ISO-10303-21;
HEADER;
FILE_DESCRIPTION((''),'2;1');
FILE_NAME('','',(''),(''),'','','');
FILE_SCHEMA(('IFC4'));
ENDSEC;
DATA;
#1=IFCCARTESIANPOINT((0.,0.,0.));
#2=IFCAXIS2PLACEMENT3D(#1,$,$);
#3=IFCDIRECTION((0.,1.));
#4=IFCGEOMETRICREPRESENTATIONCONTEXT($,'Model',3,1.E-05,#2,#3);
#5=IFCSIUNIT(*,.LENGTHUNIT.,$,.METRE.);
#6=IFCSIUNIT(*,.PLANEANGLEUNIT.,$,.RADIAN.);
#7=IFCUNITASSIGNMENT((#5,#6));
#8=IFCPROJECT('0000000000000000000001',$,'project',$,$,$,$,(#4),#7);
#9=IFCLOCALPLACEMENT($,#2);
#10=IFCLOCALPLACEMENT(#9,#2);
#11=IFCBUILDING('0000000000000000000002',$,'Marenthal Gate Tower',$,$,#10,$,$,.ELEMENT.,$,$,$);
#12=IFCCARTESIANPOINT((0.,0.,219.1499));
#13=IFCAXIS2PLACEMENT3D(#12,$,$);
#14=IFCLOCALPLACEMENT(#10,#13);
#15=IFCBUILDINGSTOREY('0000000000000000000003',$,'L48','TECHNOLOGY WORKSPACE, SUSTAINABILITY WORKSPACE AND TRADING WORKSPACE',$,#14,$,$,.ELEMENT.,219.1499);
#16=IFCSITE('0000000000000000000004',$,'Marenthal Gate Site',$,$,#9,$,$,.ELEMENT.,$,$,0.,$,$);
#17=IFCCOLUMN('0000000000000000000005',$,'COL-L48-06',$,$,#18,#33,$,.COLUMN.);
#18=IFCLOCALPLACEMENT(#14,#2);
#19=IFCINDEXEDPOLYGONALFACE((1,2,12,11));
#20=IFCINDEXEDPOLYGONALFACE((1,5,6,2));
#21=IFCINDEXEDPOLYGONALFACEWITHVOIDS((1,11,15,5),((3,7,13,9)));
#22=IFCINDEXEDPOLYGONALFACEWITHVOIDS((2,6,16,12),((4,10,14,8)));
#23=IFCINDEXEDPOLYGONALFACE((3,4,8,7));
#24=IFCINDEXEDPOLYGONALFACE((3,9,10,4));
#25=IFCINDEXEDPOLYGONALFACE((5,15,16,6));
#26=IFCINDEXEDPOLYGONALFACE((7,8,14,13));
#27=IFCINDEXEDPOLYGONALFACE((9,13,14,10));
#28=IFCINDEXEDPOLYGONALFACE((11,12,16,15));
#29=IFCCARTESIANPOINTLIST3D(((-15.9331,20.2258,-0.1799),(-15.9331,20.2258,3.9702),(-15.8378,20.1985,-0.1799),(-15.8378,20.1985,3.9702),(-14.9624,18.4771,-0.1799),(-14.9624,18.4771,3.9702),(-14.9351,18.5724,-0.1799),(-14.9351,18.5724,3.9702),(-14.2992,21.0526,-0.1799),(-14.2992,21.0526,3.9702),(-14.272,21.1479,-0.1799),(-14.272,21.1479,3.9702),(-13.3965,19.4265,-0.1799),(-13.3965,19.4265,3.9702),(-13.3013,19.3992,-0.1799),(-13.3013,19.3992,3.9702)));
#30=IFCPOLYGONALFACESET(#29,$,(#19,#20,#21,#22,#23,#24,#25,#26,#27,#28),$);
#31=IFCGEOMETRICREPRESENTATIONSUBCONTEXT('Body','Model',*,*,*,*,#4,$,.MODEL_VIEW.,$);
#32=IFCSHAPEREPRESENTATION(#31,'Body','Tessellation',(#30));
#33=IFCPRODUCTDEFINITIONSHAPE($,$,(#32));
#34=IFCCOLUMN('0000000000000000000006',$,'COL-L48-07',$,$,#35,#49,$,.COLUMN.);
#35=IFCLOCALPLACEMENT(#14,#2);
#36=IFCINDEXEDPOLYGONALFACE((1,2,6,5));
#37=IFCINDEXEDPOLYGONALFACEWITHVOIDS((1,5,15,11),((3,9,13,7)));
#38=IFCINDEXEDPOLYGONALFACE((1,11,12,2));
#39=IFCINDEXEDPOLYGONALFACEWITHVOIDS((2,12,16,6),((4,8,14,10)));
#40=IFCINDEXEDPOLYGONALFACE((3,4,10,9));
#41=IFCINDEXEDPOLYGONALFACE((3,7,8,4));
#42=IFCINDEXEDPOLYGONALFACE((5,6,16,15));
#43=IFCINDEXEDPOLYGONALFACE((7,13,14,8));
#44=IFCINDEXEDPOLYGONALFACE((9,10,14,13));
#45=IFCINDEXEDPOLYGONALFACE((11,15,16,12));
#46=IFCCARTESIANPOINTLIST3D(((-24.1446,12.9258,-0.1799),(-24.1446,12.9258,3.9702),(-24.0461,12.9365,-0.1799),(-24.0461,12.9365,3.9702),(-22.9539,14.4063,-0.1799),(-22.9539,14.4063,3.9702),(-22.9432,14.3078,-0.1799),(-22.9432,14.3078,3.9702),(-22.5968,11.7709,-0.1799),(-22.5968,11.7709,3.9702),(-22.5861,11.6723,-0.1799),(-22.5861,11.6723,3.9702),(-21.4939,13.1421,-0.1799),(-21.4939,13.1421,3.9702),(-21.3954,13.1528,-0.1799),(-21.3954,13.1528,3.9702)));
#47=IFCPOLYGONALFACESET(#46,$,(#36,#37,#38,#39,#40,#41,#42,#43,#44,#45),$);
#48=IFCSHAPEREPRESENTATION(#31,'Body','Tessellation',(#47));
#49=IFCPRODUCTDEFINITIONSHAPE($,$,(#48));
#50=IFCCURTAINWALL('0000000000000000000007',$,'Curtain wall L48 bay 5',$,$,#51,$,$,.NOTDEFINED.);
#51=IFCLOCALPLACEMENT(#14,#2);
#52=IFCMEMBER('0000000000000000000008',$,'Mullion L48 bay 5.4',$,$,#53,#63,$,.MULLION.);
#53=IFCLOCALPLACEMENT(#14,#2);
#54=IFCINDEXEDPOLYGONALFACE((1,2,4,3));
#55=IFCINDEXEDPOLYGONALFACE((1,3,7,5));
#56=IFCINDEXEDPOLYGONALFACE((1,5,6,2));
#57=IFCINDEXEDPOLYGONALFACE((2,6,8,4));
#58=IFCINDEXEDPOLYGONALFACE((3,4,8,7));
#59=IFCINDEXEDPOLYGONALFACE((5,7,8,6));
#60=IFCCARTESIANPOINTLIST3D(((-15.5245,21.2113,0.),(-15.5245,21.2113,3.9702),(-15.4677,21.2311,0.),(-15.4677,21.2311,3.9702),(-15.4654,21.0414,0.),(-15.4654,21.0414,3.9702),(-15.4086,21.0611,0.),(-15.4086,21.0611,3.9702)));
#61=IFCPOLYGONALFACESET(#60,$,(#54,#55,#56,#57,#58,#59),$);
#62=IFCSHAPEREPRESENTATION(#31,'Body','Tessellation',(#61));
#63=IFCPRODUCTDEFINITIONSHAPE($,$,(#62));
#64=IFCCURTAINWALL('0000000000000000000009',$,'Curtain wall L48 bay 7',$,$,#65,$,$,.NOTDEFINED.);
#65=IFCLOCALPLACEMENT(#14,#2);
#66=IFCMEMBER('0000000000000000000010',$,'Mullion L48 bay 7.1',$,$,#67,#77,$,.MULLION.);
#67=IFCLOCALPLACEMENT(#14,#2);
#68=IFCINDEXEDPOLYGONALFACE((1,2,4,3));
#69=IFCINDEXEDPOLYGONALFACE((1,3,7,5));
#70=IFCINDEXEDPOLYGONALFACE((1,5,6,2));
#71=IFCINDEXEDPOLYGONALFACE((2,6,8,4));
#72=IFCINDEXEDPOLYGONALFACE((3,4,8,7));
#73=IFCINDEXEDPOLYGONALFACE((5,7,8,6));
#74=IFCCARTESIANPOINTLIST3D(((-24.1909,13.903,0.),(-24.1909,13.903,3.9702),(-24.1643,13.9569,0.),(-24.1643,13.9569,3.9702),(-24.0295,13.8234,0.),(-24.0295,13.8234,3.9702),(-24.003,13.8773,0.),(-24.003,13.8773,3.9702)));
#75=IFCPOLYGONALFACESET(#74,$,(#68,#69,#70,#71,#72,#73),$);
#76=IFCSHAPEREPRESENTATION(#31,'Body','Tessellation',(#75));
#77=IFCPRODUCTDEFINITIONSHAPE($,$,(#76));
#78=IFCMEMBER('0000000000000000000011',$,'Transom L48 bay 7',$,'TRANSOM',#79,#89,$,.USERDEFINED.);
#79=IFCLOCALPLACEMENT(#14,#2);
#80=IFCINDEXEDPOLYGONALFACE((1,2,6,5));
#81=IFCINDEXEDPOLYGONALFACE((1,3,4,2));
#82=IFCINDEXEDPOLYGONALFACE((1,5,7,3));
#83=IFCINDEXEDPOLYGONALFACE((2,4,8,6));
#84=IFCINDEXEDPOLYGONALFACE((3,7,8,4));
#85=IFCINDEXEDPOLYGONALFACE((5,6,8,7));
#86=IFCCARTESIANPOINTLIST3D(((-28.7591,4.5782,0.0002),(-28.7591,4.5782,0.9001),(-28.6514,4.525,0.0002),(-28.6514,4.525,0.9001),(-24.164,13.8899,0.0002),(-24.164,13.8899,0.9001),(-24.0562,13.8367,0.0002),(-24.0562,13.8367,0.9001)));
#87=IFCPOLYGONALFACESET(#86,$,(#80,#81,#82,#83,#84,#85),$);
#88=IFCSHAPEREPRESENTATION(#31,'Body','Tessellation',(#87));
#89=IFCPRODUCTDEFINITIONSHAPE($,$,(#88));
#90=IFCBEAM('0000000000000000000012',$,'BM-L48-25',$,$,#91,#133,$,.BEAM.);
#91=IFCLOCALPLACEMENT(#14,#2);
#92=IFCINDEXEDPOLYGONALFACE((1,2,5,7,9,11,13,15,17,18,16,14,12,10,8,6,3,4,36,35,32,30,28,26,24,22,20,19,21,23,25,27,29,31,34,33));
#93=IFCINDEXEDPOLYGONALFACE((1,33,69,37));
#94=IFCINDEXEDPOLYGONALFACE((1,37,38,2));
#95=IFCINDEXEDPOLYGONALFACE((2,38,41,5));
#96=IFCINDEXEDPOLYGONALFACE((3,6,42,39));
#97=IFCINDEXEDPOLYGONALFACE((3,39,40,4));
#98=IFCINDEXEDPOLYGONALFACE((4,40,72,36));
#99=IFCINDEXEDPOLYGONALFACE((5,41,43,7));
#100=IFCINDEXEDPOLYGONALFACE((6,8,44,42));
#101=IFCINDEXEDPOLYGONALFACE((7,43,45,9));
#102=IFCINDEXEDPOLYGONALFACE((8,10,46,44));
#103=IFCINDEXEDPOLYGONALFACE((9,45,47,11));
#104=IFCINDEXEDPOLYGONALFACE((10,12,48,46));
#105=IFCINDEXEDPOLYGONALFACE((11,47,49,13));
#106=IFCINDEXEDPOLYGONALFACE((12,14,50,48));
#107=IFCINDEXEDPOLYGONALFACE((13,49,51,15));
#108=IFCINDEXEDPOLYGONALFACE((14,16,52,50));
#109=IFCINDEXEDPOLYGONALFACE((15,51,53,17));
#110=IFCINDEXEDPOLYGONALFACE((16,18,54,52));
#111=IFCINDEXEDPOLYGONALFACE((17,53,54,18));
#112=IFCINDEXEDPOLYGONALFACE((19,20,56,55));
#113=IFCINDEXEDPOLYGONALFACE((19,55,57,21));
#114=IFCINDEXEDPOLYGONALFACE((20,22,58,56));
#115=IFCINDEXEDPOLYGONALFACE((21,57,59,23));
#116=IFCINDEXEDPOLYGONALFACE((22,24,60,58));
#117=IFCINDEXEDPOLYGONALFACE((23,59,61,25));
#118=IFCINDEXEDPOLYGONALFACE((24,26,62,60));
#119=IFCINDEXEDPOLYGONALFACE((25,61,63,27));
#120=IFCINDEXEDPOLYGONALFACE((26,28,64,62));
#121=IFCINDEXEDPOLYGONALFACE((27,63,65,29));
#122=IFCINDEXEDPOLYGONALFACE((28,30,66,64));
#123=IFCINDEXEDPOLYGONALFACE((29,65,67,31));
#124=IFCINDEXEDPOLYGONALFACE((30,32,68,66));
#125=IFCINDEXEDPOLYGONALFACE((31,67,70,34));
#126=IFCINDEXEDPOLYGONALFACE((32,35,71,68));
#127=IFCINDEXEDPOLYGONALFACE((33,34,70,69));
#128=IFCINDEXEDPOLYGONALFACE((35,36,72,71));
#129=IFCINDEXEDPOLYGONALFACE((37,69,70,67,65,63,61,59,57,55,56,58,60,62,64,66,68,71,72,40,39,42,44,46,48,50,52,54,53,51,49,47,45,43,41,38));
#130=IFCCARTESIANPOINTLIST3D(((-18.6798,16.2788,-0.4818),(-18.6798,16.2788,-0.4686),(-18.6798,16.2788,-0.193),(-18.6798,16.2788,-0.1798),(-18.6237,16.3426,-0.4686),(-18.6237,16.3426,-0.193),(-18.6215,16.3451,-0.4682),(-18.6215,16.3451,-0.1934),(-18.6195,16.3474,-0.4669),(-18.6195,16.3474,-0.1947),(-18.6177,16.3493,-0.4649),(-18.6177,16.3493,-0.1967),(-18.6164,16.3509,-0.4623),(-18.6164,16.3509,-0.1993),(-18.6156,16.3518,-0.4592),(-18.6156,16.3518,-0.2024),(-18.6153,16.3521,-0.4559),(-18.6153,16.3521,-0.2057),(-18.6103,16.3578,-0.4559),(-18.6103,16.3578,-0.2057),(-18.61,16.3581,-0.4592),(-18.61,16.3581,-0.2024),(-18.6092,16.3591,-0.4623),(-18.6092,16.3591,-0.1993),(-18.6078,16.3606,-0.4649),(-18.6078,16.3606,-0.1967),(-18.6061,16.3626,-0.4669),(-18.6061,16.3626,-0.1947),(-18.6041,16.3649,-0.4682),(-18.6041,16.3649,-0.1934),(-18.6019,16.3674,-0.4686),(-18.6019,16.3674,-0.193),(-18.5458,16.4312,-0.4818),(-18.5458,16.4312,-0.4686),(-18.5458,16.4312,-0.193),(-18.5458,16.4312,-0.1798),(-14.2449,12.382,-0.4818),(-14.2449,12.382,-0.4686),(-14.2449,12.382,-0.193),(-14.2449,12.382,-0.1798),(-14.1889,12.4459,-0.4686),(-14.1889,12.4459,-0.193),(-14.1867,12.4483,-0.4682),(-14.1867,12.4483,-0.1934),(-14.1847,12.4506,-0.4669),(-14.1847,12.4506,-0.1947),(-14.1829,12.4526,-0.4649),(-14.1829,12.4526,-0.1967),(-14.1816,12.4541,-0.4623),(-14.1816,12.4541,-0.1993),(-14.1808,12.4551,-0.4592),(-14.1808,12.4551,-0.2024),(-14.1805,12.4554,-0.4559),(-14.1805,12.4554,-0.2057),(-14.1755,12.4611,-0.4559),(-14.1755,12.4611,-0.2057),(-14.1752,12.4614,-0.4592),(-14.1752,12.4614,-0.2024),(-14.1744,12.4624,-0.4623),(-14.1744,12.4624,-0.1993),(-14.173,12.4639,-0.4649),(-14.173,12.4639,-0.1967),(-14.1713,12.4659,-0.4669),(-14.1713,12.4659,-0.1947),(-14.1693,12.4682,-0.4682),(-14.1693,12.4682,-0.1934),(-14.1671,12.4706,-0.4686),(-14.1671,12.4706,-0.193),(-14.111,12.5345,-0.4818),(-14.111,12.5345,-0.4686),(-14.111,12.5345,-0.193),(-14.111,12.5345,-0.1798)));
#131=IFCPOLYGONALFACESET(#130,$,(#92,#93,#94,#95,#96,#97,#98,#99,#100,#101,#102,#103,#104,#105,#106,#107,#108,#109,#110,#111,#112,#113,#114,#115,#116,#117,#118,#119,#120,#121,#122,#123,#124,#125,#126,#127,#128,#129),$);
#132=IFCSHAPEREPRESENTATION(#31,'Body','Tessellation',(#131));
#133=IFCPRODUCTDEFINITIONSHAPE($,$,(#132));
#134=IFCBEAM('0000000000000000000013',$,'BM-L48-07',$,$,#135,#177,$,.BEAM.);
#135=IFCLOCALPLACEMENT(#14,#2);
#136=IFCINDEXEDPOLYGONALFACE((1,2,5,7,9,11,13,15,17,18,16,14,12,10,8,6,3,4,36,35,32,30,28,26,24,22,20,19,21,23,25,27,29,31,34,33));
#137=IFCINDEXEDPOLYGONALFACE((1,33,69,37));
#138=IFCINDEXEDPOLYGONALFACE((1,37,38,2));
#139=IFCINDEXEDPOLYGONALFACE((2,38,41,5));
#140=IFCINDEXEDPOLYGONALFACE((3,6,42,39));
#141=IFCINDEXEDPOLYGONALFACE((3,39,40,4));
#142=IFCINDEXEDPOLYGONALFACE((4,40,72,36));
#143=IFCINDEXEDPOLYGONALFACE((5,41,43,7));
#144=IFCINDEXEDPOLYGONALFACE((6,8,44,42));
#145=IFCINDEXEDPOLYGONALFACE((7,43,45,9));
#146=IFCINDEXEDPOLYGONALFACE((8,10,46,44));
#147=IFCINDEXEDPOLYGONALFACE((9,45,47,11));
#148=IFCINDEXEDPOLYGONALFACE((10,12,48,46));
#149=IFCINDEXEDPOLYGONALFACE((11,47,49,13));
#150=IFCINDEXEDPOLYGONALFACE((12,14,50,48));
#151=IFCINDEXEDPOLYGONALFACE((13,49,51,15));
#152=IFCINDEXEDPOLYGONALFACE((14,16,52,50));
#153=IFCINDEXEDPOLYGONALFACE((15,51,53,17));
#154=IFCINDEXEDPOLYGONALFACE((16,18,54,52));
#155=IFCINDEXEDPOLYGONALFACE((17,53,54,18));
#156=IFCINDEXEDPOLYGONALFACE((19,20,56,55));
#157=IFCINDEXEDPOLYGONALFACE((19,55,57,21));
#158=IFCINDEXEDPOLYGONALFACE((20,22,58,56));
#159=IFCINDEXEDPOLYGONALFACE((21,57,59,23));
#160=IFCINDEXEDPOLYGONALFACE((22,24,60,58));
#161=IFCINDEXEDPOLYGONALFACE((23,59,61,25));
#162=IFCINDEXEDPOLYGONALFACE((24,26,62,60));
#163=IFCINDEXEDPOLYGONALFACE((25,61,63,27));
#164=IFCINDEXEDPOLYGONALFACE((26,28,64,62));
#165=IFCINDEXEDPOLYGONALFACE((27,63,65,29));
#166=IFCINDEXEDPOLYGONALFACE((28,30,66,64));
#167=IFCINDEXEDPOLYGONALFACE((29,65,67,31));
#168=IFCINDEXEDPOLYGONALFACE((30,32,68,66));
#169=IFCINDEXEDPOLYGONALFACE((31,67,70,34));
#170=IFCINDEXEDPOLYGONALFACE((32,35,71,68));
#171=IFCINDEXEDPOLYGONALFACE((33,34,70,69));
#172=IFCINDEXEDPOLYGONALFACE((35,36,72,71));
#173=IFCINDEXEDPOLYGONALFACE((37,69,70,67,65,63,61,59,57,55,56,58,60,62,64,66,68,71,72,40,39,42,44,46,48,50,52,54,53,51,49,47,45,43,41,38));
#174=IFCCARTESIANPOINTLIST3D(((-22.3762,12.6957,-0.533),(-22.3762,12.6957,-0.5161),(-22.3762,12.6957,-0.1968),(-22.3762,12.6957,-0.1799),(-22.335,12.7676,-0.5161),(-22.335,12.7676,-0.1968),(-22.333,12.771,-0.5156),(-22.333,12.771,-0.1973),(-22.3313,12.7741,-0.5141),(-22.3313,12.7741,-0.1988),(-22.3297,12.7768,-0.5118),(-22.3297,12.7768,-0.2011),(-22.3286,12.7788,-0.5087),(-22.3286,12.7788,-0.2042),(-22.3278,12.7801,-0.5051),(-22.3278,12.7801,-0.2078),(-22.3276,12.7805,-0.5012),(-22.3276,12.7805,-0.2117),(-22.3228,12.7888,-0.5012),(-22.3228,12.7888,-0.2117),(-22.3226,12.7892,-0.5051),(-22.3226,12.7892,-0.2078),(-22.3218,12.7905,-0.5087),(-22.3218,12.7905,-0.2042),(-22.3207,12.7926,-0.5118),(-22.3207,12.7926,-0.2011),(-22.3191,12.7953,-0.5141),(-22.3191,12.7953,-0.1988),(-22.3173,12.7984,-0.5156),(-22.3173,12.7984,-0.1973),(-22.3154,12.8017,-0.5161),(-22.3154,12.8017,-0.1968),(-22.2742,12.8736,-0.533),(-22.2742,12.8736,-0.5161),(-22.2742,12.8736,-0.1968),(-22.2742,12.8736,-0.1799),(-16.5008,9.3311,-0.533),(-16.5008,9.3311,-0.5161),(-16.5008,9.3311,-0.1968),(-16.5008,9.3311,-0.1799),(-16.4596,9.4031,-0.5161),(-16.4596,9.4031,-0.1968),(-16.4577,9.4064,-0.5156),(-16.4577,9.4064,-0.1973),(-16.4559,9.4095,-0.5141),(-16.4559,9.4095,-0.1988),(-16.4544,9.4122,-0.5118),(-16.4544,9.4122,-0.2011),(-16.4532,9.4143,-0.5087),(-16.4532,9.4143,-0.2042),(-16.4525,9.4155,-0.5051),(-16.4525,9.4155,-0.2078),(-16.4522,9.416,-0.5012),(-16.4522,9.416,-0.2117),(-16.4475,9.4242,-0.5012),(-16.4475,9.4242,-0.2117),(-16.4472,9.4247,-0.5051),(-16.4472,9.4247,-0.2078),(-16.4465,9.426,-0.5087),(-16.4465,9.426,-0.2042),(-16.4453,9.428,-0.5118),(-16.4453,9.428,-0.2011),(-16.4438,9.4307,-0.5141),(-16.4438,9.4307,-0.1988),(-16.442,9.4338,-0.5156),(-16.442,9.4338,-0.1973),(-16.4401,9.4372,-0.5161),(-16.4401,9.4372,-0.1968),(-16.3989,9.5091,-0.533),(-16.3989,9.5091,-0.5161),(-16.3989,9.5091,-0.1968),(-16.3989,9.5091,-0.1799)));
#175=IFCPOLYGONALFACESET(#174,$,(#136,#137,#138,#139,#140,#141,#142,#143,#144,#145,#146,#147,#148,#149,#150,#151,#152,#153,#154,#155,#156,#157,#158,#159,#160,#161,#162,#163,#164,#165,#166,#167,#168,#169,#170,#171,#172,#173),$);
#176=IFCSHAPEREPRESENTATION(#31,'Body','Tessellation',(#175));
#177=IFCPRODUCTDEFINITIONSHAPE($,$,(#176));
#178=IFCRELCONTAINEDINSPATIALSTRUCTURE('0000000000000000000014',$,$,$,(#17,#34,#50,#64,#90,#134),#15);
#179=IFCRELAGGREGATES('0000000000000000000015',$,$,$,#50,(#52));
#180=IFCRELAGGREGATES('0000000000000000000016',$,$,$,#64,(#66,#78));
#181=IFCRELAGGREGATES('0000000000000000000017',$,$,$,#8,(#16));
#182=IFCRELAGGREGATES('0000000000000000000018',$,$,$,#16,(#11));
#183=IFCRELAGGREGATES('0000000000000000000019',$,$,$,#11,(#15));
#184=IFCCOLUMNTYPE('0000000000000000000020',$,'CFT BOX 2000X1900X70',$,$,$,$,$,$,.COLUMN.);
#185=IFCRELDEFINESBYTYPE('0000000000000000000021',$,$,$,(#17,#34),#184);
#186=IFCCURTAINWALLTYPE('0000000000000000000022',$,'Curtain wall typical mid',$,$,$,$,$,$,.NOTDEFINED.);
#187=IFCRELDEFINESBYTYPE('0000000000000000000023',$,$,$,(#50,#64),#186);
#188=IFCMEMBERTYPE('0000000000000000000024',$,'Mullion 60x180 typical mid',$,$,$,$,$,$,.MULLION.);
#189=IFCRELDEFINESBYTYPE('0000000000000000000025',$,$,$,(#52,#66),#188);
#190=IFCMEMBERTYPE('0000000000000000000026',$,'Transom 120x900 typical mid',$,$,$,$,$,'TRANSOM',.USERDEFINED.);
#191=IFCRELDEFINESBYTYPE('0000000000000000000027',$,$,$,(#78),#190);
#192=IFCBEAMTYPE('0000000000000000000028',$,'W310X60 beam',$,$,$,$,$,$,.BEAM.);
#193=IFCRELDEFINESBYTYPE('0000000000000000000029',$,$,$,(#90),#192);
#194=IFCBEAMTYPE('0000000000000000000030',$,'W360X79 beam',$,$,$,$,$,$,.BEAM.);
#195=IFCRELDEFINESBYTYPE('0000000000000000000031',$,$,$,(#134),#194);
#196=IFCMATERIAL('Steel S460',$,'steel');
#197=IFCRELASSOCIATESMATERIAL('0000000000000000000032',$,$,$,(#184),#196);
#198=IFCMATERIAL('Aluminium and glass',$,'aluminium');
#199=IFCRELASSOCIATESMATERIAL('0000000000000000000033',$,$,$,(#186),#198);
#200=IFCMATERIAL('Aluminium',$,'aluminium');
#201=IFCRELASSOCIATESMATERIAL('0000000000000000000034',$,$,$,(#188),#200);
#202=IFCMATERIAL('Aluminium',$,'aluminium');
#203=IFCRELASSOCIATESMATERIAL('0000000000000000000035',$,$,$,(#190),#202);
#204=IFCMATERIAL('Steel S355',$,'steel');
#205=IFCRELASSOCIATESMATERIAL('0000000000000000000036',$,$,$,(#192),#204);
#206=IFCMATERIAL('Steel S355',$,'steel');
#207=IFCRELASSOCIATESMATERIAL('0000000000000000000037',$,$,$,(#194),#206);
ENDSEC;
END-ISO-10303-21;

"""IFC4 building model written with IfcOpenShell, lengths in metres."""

from ifc_helpers import new_model, si_unit, direction, frame, origin, origin_2d, place, context, subcontext, project, spatial, rectangle, hollow_rectangle, i_section, extrude, material, material_profile, profile_set, type_object, element, aggregate, save


model = new_model("IFC4")

# Units and contexts
model_context = context("Model", 3, precision=1e-05, world=origin(), true_north=direction((0.0, 1.0)))
body_context = subcontext(model_context, "Body", "Model", "MODEL_VIEW")
ifc_project = project(units=[si_unit("LENGTHUNIT", "METRE"), si_unit("PLANEANGLEUNIT", "RADIAN")], contexts=[model_context])

# Site, building, storey
site_placement = place(None, origin())
site = spatial("IfcSite", under=ifc_project, at=site_placement, Name="Marenthal Gate Site", CompositionType="ELEMENT", RefElevation=0.0)
building_placement = place(site_placement, origin())
building = spatial("IfcBuilding", under=site, at=building_placement, Name="Marenthal Gate Tower", CompositionType="ELEMENT")
storey_placement = place(building_placement, frame((0.0, 0.0, 219.1499)))
storey = spatial("IfcBuildingStorey", under=building, at=storey_placement, Name="L48", Description="TECHNOLOGY WORKSPACE, SUSTAINABILITY WORKSPACE AND TRADING WORKSPACE", CompositionType="ELEMENT", Elevation=219.1499)

# Columns
ifc_material_1 = material(Name="Steel S460", Category="steel")
ifc_material_profile_1 = material_profile(ifc_material_1, hollow_rectangle(XDim=1.8999, YDim=2.0, WallThickness=0.0701, at=origin_2d()), Name="CFT BOX 2000X1900X70")
ifc_material_2 = material(Name="Concrete 70 MPa", Category="concrete")
ifc_material_profile_2 = material_profile(ifc_material_2, rectangle(XDim=1.76, YDim=1.8601, at=origin_2d()), Name="CFT BOX 2000X1900X70 INFILL")
ifc_profile_set_1 = profile_set([ifc_material_profile_1, ifc_material_profile_2], Name="Steel S460 shell, Concrete 70 MPa infill")
column_type = type_object("IfcColumnType", Name="CFT BOX 2000X1900X70", PredefinedType="COLUMN", material=ifc_profile_set_1)
for number, where, z_axis, x_axis, name in (
    (1, (-14.6172, 19.8125, -0.1799), (0.0, 0.0, 1.0), (0.874319, 0.485351, 0.0), "COL-L48-06"),
    (2, (-22.77, 13.0393, -0.1799), (0.0, 0.0, 1.0), (0.626719, 0.779245, 0.0), "COL-L48-07"),
):
    element("IfcColumn", number, at=place(storey_placement, frame(where, z_axis=z_axis, x_axis=x_axis)), inside=storey, type_object=column_type, Name=name, PredefinedType="COLUMN", context=body_context, shape_type="SweptSolid", body=[
        extrude(hollow_rectangle(XDim=1.8999, YDim=2.0, WallThickness=0.0701, at=origin_2d()), origin(), (0.0, 0.0, 1.0), 4.1501),
    ])

# Curtain wall, member
ifc_material_3 = material(Name="Aluminium and glass", Category="aluminium")
curtain_wall_type = type_object("IfcCurtainWallType", Name="Curtain wall typical mid", PredefinedType="NOTDEFINED", material=ifc_material_3)
curtain_wall_1_placement = place(storey_placement, origin())
curtain_wall_1 = element("IfcCurtainWall", 3, at=curtain_wall_1_placement, inside=storey, type_object=curtain_wall_type, Name="Curtain wall L48 bay 5", PredefinedType="NOTDEFINED")
ifc_material_4 = material(Name="Aluminium", Category="aluminium")
ifc_material_profile_3 = material_profile(ifc_material_4, rectangle(XDim=0.1799, YDim=0.0601, at=origin_2d()), Name="60x180 aluminium mullion")
ifc_profile_set_2 = profile_set([ifc_material_profile_3], Name="Aluminium")
member_type_1 = type_object("IfcMemberType", Name="Mullion 60x180 typical mid", PredefinedType="MULLION", material=ifc_profile_set_2)
member_1_placement = place(storey_placement, frame((-15.4666, 21.1362, 0.0), z_axis=(0.0, 0.0, 1.0), x_axis=(0.3284, -0.944539, 0.0)))
member_1 = element("IfcMember", 4, at=member_1_placement, type_object=member_type_1, Name="Mullion L48 bay 5.4", PredefinedType="MULLION", context=body_context, shape_type="SweptSolid", body=[
    extrude(rectangle(XDim=0.1799, YDim=0.0601, at=origin_2d()), origin(), (0.0, 0.0, 1.0), 3.9702),
])
aggregate(curtain_wall_1, [member_1])

# Curtain wall, members
curtain_wall_2_placement = place(storey_placement, origin())
curtain_wall_2 = element("IfcCurtainWall", 5, at=curtain_wall_2_placement, inside=storey, type_object=curtain_wall_type, Name="Curtain wall L48 bay 7", PredefinedType="NOTDEFINED")
member_2_placement = place(storey_placement, frame((-24.0969, 13.8901, 0.0), z_axis=(0.0, 0.0, 1.0), x_axis=(0.896757, -0.442523, 0.0)))
member_2 = element("IfcMember", 6, at=member_2_placement, type_object=member_type_1, Name="Mullion L48 bay 7.1", PredefinedType="MULLION", context=body_context, shape_type="SweptSolid", body=[
    extrude(rectangle(XDim=0.1799, YDim=0.0601, at=origin_2d()), origin(), (0.0, 0.0, 1.0), 3.9702),
])
ifc_material_5 = material(Name="Aluminium", Category="aluminium")
ifc_material_profile_4 = material_profile(ifc_material_5, rectangle(XDim=0.1201, YDim=0.8999, at=origin_2d()), Name="120x900 aluminium transom")
ifc_profile_set_3 = profile_set([ifc_material_profile_4], Name="Aluminium")
member_type_2 = type_object("IfcMemberType", Name="Transom 120x900 typical mid", ElementType="TRANSOM", PredefinedType="USERDEFINED", material=ifc_profile_set_3)
member_3_placement = place(storey_placement, frame((-24.1101, 13.8633, 0.4502), z_axis=(-0.442533, -0.896752, 0.0), x_axis=(0.896752, -0.442533, 0.0)))
member_3 = element("IfcMember", 7, at=member_3_placement, type_object=member_type_2, Name="Transom L48 bay 7", ObjectType="TRANSOM", PredefinedType="USERDEFINED", context=body_context, shape_type="SweptSolid", body=[
    extrude(rectangle(XDim=0.1201, YDim=0.8999, at=origin_2d()), origin(), (0.0, 0.0, 1.0), 10.3838),
])

# Beams
ifc_material_6 = material(Name="Steel S355", Category="steel")
ifc_material_profile_5 = material_profile(ifc_material_6, i_section(OverallWidth=0.2029, OverallDepth=0.302, WebThickness=0.0076, FlangeThickness=0.0132, FilletRadius=0.0127, at=origin_2d()), Name="W310X60")
ifc_profile_set_4 = profile_set([ifc_material_profile_5], Name="Steel S355")
beam_type_1 = type_object("IfcBeamType", Name="W310X60 beam", PredefinedType="BEAM", material=ifc_profile_set_4)
beam_1_placement = place(storey_placement, frame((-18.6128, 16.355, -0.3308), z_axis=(0.75121, -0.660064, 0.0), x_axis=(0.660064, 0.75121, 0.0)))
element("IfcBeam", 8, at=beam_1_placement, inside=storey, type_object=beam_type_1, Name="BM-L48-25", PredefinedType="BEAM", context=body_context, shape_type="SweptSolid", body=[
    extrude(i_section(OverallWidth=0.2029, OverallDepth=0.302, WebThickness=0.0076, FlangeThickness=0.0132, FilletRadius=0.0127, at=origin_2d()), origin(), (0.0, 0.0, 1.0), 5.9036),
])
ifc_material_7 = material(Name="Steel S355", Category="steel")
ifc_material_profile_6 = material_profile(ifc_material_7, i_section(OverallWidth=0.2051, OverallDepth=0.353, WebThickness=0.0095, FlangeThickness=0.0168, FilletRadius=0.0149, at=origin_2d()), Name="W360X79")
ifc_profile_set_5 = profile_set([ifc_material_profile_6], Name="Steel S355")
beam_type_2 = type_object("IfcBeamType", Name="W360X79 beam", PredefinedType="BEAM", material=ifc_profile_set_5)
beam_2_placement = place(storey_placement, frame((-22.3252, 12.7847, -0.3564), z_axis=(0.867783, -0.496943, 0.0), x_axis=(0.496943, 0.867783, 0.0)))
element("IfcBeam", 9, at=beam_2_placement, inside=storey, type_object=beam_type_2, Name="BM-L48-07", PredefinedType="BEAM", context=body_context, shape_type="SweptSolid", body=[
    extrude(i_section(OverallWidth=0.2051, OverallDepth=0.353, WebThickness=0.0095, FlangeThickness=0.0168, FilletRadius=0.0149, at=origin_2d()), origin(), (0.0, 0.0, 1.0), 6.7705),
])

aggregate(curtain_wall_2, [member_2, member_3])

save(model, "model.ifc")
